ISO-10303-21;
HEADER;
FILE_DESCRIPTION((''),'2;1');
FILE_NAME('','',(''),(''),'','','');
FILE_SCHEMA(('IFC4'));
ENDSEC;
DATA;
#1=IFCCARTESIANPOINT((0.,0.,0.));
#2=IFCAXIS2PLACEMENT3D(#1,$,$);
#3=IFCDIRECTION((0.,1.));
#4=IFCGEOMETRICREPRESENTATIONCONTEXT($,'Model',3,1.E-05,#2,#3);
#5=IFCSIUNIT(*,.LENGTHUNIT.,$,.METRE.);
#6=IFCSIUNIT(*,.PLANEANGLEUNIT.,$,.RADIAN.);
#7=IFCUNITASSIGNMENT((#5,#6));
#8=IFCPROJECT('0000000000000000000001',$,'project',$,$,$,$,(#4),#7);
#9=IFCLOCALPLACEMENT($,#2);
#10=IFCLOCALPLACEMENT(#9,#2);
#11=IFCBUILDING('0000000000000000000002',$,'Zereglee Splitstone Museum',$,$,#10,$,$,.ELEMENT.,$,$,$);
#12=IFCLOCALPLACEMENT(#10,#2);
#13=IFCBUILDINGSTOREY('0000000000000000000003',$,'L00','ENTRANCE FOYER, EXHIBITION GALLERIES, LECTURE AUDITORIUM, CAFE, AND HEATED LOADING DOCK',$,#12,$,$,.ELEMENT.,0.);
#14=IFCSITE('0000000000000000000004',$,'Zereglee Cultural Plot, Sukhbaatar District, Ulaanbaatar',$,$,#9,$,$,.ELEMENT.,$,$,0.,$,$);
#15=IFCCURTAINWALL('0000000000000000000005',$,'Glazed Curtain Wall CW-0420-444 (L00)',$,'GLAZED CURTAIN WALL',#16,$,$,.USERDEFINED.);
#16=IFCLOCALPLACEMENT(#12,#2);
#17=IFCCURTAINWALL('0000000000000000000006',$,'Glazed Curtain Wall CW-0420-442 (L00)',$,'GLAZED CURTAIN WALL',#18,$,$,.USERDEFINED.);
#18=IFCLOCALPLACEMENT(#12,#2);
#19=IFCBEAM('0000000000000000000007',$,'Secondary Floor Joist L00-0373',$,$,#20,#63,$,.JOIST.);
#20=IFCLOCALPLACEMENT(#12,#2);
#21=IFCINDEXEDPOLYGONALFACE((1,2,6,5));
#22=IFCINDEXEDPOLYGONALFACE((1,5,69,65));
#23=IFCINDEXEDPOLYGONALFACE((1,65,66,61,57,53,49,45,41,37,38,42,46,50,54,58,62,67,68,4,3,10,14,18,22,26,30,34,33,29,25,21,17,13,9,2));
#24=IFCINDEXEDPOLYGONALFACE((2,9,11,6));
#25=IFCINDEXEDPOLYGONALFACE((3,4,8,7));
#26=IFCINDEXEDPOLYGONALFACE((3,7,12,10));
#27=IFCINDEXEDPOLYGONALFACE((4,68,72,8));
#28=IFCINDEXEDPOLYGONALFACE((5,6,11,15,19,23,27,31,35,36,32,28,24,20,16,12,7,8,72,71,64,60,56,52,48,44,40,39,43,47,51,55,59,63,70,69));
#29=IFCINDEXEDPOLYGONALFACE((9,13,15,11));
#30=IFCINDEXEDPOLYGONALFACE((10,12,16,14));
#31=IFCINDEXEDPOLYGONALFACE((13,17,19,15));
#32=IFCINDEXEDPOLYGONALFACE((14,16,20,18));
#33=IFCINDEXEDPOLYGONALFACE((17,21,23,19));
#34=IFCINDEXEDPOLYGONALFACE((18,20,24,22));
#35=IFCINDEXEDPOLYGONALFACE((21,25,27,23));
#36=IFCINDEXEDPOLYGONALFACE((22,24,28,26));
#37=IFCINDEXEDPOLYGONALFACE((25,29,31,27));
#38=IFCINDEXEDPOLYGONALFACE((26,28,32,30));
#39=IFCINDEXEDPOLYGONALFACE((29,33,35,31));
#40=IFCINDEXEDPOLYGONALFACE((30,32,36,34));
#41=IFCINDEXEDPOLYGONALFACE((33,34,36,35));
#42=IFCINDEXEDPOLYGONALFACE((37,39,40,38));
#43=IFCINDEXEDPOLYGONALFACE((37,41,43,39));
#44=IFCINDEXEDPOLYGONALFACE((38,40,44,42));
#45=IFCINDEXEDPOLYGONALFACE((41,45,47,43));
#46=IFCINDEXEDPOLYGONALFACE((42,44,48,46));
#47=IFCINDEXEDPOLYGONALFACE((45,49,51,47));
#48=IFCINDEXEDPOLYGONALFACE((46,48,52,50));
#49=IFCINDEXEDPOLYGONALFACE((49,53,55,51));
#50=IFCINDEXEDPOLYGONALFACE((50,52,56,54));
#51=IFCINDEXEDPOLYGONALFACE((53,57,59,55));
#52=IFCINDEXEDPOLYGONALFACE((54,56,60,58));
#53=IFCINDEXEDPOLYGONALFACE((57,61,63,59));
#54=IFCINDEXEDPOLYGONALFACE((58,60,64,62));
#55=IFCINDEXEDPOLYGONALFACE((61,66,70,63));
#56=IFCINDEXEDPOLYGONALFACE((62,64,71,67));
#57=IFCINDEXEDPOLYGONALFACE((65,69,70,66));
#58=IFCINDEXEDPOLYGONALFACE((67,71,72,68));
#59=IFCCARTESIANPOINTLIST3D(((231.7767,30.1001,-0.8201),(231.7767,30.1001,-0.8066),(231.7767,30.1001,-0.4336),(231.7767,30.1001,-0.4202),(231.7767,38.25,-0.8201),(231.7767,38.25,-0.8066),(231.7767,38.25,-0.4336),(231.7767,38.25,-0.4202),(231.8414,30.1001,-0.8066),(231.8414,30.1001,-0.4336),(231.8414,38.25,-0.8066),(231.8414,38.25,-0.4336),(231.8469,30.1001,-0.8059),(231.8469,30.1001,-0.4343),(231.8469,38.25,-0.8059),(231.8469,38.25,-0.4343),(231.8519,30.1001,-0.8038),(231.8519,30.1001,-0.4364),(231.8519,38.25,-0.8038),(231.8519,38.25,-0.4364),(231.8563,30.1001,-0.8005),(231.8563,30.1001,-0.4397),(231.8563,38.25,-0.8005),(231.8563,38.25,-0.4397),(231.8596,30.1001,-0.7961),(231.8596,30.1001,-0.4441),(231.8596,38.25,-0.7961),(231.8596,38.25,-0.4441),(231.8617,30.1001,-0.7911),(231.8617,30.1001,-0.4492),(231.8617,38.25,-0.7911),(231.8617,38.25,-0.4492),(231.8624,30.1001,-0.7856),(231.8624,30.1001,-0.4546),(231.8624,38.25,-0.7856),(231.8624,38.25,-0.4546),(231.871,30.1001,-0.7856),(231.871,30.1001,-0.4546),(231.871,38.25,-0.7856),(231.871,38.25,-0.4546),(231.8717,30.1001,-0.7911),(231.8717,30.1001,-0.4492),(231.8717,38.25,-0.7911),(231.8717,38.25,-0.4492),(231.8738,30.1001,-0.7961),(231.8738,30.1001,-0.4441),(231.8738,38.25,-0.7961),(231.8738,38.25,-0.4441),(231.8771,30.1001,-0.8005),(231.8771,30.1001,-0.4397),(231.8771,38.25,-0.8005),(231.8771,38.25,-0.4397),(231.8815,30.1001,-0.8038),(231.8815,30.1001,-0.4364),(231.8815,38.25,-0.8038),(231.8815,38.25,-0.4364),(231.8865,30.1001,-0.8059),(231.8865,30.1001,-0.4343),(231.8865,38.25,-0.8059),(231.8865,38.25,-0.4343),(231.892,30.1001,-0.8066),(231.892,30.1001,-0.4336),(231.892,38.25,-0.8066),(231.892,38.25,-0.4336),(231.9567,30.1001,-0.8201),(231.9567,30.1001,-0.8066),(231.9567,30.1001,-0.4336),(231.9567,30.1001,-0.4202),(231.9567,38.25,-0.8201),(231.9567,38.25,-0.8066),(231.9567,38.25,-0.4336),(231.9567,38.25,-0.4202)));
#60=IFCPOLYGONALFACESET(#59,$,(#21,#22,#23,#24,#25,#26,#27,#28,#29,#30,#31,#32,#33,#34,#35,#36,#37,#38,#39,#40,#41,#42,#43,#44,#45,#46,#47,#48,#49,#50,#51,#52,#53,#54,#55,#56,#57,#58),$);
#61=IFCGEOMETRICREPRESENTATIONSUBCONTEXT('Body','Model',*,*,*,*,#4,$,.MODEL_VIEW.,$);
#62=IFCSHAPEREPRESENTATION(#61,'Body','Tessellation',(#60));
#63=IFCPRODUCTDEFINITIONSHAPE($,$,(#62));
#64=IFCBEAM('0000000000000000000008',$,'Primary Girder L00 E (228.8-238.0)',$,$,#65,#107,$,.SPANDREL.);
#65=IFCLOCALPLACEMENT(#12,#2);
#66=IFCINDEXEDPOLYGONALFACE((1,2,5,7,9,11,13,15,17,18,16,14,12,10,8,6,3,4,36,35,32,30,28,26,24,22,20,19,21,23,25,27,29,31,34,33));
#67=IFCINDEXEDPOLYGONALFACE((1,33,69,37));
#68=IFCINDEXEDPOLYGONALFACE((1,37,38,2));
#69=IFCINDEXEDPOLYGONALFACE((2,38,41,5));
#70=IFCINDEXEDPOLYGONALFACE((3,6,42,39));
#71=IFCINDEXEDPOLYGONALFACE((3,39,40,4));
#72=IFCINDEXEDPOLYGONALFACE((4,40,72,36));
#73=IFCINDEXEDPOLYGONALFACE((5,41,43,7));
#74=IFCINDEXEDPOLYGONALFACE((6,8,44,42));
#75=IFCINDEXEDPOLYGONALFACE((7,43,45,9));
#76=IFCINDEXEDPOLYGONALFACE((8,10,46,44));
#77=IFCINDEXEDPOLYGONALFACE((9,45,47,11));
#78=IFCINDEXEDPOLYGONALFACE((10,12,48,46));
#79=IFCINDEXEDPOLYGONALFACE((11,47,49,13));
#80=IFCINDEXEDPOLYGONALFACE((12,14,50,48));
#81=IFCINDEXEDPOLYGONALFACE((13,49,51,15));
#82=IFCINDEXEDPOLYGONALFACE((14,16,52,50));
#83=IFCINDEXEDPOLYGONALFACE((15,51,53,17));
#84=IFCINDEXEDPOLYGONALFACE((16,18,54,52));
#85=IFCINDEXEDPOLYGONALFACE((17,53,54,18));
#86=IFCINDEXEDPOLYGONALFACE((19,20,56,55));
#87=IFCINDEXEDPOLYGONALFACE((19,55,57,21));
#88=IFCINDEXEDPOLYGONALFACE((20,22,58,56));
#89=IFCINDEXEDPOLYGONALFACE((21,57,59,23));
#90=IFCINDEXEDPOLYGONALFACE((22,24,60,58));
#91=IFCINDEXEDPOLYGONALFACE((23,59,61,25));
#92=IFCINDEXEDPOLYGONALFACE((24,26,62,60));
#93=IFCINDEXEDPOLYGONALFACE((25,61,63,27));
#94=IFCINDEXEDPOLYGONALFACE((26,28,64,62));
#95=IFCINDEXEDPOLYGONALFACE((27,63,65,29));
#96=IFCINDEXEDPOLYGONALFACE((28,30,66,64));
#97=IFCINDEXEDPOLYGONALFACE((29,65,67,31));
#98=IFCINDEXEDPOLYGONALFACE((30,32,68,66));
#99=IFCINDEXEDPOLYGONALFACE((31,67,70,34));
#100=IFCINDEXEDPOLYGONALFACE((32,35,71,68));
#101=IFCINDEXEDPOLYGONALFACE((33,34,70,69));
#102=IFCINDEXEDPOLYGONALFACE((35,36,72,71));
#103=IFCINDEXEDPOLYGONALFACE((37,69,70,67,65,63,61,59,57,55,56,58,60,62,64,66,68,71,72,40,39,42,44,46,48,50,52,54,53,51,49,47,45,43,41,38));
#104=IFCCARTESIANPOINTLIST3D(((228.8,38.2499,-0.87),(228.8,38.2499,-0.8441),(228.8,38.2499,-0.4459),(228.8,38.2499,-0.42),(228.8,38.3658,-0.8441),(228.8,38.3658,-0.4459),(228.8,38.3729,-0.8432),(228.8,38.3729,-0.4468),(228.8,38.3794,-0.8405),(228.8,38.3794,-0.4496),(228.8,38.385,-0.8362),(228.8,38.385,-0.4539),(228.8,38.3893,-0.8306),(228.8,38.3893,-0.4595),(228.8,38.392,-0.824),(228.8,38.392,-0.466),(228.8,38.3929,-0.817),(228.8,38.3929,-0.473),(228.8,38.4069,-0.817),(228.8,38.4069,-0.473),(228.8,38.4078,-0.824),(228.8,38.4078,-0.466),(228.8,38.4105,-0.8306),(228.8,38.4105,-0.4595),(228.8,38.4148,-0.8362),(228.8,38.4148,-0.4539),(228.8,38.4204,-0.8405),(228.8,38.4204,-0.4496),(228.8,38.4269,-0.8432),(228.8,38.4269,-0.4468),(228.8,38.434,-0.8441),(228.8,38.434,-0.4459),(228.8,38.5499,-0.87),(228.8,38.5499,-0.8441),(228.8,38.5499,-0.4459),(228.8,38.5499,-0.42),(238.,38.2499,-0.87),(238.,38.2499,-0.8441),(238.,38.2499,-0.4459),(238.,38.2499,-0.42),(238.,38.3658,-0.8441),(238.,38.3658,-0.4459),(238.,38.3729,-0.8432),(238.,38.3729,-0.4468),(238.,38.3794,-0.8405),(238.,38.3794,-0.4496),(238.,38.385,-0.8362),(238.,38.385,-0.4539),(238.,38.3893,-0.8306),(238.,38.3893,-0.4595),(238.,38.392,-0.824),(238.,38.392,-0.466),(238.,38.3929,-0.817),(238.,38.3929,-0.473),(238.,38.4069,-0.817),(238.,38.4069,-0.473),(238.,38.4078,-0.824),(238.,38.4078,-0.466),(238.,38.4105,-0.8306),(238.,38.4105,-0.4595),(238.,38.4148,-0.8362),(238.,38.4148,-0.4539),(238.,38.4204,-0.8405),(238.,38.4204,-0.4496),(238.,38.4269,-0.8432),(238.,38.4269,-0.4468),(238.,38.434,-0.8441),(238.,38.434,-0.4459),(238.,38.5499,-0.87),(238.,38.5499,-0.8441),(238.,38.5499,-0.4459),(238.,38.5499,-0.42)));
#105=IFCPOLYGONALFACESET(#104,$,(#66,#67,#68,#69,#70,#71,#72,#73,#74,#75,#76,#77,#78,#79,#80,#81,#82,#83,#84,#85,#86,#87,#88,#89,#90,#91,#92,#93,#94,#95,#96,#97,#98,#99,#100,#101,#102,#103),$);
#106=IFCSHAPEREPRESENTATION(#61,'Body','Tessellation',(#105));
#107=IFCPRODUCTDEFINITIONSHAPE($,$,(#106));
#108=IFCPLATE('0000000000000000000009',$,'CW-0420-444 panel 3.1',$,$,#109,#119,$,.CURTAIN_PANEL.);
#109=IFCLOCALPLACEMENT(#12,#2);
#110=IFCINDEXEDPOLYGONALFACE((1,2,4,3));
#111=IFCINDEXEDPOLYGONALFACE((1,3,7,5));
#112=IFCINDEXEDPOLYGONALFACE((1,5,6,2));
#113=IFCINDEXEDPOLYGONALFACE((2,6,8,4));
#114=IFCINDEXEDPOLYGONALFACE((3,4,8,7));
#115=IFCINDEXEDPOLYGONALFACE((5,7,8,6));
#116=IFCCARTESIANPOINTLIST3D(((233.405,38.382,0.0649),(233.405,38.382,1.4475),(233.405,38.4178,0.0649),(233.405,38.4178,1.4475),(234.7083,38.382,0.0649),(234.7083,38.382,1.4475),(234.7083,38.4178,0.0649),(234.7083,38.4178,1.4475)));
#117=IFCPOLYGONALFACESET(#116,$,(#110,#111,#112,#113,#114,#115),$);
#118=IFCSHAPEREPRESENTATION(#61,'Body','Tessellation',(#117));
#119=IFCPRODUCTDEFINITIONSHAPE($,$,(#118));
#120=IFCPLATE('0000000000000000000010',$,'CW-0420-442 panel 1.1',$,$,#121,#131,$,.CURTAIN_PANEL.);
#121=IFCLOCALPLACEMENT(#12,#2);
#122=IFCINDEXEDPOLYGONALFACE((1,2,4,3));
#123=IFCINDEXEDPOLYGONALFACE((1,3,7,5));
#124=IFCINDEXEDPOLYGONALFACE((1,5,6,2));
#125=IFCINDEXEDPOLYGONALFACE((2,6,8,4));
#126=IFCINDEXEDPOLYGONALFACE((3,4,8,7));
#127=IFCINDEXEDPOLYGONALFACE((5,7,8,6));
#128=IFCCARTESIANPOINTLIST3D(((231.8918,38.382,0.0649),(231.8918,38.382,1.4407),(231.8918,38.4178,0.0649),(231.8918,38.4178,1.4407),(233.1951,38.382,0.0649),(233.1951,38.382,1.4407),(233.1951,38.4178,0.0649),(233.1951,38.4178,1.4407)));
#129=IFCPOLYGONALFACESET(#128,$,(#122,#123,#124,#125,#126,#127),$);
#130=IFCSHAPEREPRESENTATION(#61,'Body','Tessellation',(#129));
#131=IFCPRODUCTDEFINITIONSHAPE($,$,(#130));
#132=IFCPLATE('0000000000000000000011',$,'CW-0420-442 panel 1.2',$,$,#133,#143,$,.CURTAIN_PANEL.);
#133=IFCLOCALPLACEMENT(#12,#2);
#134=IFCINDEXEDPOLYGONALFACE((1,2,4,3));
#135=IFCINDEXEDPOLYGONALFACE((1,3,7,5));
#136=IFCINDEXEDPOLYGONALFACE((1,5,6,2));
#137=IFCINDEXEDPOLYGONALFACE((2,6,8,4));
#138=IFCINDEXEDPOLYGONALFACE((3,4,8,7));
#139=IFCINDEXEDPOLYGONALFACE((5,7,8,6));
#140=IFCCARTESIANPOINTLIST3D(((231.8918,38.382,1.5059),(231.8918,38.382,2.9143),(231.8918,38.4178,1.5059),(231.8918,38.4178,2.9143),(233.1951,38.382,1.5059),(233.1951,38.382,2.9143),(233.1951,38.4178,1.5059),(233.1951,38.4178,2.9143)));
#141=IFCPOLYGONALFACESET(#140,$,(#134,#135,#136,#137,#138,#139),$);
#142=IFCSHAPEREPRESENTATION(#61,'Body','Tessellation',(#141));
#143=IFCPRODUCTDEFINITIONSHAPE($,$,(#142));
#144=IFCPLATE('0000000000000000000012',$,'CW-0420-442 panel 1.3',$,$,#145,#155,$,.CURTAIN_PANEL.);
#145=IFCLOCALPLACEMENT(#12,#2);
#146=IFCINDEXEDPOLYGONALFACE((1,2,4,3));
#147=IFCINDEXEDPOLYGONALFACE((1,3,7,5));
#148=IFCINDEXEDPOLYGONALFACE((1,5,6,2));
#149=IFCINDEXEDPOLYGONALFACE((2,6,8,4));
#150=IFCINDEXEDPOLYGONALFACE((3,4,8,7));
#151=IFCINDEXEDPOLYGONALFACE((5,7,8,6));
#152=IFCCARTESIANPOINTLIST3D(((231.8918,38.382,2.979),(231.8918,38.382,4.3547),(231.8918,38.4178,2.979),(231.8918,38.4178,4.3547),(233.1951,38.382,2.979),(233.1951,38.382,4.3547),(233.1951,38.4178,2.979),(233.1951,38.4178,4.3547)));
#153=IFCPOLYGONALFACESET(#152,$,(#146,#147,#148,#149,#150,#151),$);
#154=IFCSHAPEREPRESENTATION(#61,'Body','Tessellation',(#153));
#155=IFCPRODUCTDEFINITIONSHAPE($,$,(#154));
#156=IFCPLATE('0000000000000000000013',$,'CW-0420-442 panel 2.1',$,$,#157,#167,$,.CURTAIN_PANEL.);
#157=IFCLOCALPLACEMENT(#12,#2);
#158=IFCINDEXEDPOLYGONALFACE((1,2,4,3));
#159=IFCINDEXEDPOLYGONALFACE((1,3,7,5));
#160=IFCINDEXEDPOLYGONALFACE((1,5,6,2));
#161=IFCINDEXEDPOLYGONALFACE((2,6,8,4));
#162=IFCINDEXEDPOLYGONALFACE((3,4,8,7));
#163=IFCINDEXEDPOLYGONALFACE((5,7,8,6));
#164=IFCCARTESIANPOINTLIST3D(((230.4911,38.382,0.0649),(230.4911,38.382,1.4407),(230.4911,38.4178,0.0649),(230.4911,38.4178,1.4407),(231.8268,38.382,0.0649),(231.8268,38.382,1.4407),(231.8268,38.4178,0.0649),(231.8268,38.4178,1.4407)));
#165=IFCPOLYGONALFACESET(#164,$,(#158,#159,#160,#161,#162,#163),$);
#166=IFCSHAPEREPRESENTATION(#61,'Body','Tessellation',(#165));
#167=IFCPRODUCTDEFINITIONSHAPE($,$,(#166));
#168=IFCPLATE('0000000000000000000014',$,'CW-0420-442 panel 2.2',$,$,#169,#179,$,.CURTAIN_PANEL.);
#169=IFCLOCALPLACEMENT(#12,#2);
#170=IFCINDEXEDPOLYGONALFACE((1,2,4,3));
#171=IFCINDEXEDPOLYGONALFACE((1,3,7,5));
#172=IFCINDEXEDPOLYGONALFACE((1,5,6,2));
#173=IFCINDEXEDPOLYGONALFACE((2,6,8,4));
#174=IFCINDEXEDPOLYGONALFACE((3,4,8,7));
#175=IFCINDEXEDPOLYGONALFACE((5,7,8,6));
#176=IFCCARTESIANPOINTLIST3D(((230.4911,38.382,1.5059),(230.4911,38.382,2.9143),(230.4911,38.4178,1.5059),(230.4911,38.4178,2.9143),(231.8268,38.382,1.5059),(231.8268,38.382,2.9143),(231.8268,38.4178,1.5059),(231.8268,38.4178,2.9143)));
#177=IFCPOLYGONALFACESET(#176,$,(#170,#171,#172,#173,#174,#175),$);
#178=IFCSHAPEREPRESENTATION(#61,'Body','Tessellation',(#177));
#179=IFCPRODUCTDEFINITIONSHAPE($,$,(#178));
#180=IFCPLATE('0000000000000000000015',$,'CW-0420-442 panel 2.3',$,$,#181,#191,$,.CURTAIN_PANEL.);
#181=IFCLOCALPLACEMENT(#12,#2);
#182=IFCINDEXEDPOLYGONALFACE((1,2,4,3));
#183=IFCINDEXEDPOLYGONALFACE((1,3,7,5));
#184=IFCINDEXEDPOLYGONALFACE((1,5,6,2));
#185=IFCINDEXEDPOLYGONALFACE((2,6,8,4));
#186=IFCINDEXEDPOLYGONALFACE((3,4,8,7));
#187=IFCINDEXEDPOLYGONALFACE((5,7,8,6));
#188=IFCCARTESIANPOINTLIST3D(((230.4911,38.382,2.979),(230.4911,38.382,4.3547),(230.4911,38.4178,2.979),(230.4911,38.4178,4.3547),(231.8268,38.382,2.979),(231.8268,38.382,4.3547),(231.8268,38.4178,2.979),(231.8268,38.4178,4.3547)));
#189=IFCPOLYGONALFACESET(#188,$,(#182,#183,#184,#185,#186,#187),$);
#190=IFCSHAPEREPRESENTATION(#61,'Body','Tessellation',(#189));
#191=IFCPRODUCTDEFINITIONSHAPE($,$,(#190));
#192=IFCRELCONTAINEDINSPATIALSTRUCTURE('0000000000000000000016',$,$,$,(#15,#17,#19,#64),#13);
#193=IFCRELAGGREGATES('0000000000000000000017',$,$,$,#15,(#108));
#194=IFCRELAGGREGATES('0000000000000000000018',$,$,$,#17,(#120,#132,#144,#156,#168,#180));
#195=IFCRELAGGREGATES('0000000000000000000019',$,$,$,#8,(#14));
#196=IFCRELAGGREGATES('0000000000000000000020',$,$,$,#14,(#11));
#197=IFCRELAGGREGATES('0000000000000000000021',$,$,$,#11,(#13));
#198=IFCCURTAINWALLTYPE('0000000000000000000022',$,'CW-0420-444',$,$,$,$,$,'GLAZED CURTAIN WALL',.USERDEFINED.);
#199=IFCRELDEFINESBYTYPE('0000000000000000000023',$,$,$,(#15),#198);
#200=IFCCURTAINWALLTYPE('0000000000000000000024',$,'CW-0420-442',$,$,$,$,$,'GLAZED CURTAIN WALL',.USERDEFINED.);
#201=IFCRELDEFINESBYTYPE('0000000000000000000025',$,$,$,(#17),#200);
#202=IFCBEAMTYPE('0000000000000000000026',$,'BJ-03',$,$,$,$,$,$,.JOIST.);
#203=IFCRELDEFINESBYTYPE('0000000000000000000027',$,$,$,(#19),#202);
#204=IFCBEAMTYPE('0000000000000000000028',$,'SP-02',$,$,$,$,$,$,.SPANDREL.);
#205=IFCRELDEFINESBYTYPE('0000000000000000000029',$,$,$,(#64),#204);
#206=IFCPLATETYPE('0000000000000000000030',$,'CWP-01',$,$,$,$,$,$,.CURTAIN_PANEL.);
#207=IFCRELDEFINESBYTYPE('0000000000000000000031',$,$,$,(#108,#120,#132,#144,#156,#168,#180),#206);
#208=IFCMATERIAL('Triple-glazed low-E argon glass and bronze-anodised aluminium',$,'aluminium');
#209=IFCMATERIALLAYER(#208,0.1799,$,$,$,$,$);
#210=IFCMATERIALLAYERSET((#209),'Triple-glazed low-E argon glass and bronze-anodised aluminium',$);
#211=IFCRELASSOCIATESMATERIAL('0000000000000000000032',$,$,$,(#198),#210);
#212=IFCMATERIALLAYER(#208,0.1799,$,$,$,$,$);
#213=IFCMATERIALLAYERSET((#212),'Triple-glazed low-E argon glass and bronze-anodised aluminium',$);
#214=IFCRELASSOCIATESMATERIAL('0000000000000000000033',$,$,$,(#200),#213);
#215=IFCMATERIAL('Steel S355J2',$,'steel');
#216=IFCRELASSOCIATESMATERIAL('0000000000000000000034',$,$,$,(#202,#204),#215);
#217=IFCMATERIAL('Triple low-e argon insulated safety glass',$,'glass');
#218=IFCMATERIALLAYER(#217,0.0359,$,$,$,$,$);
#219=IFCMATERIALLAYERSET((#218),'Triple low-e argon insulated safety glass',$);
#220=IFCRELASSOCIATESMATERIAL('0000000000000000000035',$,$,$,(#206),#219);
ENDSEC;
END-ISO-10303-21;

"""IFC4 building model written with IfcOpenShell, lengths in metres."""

from ifc_helpers import new_model, si_unit, direction, frame, origin, origin_2d, place, context, subcontext, project, spatial, rectangle, i_section, extrude, material, layer, layer_set, material_profile, profile_set, type_object, element, aggregate, save


model = new_model("IFC4")

# Units and contexts
model_context = context("Model", 3, precision=1e-05, world=origin(), true_north=direction((0.0, 1.0)))
body_context = subcontext(model_context, "Body", "Model", "MODEL_VIEW")
ifc_project = project(units=[si_unit("LENGTHUNIT", "METRE"), si_unit("PLANEANGLEUNIT", "RADIAN")], contexts=[model_context])

# Site, building, storey
site_placement = place(None, origin())
site = spatial("IfcSite", under=ifc_project, at=site_placement, Name="Zereglee Cultural Plot, Sukhbaatar District, Ulaanbaatar", CompositionType="ELEMENT", RefElevation=0.0)
building_placement = place(site_placement, origin())
building = spatial("IfcBuilding", under=site, at=building_placement, Name="Zereglee Splitstone Museum", CompositionType="ELEMENT")
storey_placement = place(building_placement, origin())
storey = spatial("IfcBuildingStorey", under=building, at=storey_placement, Name="L00", Description="ENTRANCE FOYER, EXHIBITION GALLERIES, LECTURE AUDITORIUM, CAFE, AND HEATED LOADING DOCK", CompositionType="ELEMENT", Elevation=0.0)

# Curtain wall
ifc_material_1 = material(Name="Triple-glazed low-E argon glass and bronze-anodised aluminium", Category="aluminium")
ifc_layer_1 = layer(ifc_material_1, 0.1799)
ifc_layer_set_1 = layer_set([ifc_layer_1], Name="Triple-glazed low-E argon glass and bronze-anodised aluminium")
curtain_wall_type_1 = type_object("IfcCurtainWallType", Name="CW-0420-444", ElementType="GLAZED CURTAIN WALL", PredefinedType="USERDEFINED", material=ifc_layer_set_1)
curtain_wall_1_placement = place(storey_placement, origin())
curtain_wall_1 = element("IfcCurtainWall", 1, at=curtain_wall_1_placement, inside=storey, type_object=curtain_wall_type_1, Name="Glazed Curtain Wall CW-0420-444 (L00)", ObjectType="GLAZED CURTAIN WALL", PredefinedType="USERDEFINED")

# Curtain wall
ifc_layer_2 = layer(ifc_material_1, 0.1799)
ifc_layer_set_2 = layer_set([ifc_layer_2], Name="Triple-glazed low-E argon glass and bronze-anodised aluminium")
curtain_wall_type_2 = type_object("IfcCurtainWallType", Name="CW-0420-442", ElementType="GLAZED CURTAIN WALL", PredefinedType="USERDEFINED", material=ifc_layer_set_2)
curtain_wall_2_placement = place(storey_placement, origin())
curtain_wall_2 = element("IfcCurtainWall", 2, at=curtain_wall_2_placement, inside=storey, type_object=curtain_wall_type_2, Name="Glazed Curtain Wall CW-0420-442 (L00)", ObjectType="GLAZED CURTAIN WALL", PredefinedType="USERDEFINED")

# Beams
ifc_material_2 = material(Name="Steel S355J2", Category="steel")
ifc_material_profile_1 = material_profile(ifc_material_2, i_section(OverallWidth=0.1799, OverallDepth=0.3999, WebThickness=0.0085, FlangeThickness=0.0134, FilletRadius=0.021, at=origin_2d()), Name="IPE 400")
ifc_profile_set_1 = profile_set([ifc_material_profile_1], Name="Steel S355J2")
beam_type_1 = type_object("IfcBeamType", Name="BJ-03", PredefinedType="JOIST", material=ifc_profile_set_1)
beam_1_placement = place(storey_placement, frame((231.8667, 30.1001, -0.6201), z_axis=(0.0, 1.0, 0.0), x_axis=(-1.0, 0.0, 0.0)))
element("IfcBeam", 3, at=beam_1_placement, inside=storey, type_object=beam_type_1, Name="Secondary Floor Joist L00-0373", PredefinedType="JOIST", context=body_context, shape_type="SweptSolid", body=[
    extrude(i_section(OverallWidth=0.1799, OverallDepth=0.3999, WebThickness=0.0085, FlangeThickness=0.0134, FilletRadius=0.021, at=origin_2d()), origin(), (0.0, 0.0, 1.0), 8.1499),
])
ifc_material_profile_2 = material_profile(ifc_material_2, i_section(OverallWidth=0.3, OverallDepth=0.45, WebThickness=0.0139, FlangeThickness=0.0259, FilletRadius=0.0271, at=origin_2d()), Name="HE 450 B")
ifc_profile_set_2 = profile_set([ifc_material_profile_2], Name="Steel S355J2")
beam_type_2 = type_object("IfcBeamType", Name="SP-02", PredefinedType="SPANDREL", material=ifc_profile_set_2)
beam_2_placement = place(storey_placement, frame((228.8, 38.3999, -0.645), z_axis=(1.0, 0.0, 0.0), x_axis=(0.0, 1.0, 0.0)))
element("IfcBeam", 4, at=beam_2_placement, inside=storey, type_object=beam_type_2, Name="Primary Girder L00 E (228.8-238.0)", PredefinedType="SPANDREL", context=body_context, shape_type="SweptSolid", body=[
    extrude(i_section(OverallWidth=0.3, OverallDepth=0.45, WebThickness=0.0139, FlangeThickness=0.0259, FilletRadius=0.0271, at=origin_2d()), origin(), (0.0, 0.0, 1.0), 9.2),
])

# Plates
ifc_material_3 = material(Name="Triple low-e argon insulated safety glass", Category="glass")
ifc_layer_3 = layer(ifc_material_3, 0.0359)
ifc_layer_set_3 = layer_set([ifc_layer_3], Name="Triple low-e argon insulated safety glass")
plate_type = type_object("IfcPlateType", Name="CWP-01", PredefinedType="CURTAIN_PANEL", material=ifc_layer_set_3)
plate_1_placement = place(storey_placement, frame((234.0566, 38.3999, 0.0649), z_axis=(0.0, 0.0, 1.0), x_axis=(-1.0, 0.0, 0.0)))
plate_1 = element("IfcPlate", 5, at=plate_1_placement, type_object=plate_type, Name="CW-0420-444 panel 3.1", PredefinedType="CURTAIN_PANEL", context=body_context, shape_type="SweptSolid", body=[
    extrude(rectangle(XDim=1.3032, YDim=0.0359, at=origin_2d()), origin(), (0.0, 0.0, 1.0), 1.3826),
])
aggregate(curtain_wall_1, [plate_1])
plate_2_placement = place(storey_placement, frame((232.5435, 38.3999, 0.0649), z_axis=(0.0, 0.0, 1.0), x_axis=(-1.0, 0.0, 0.0)))
plate_2 = element("IfcPlate", 6, at=plate_2_placement, type_object=plate_type, Name="CW-0420-442 panel 1.1", PredefinedType="CURTAIN_PANEL", context=body_context, shape_type="SweptSolid", body=[
    extrude(rectangle(XDim=1.3032, YDim=0.0359, at=origin_2d()), origin(), (0.0, 0.0, 1.0), 1.3757),
])
plate_3_placement = place(storey_placement, frame((232.5435, 38.3999, 1.5059), z_axis=(0.0, 0.0, 1.0), x_axis=(-1.0, 0.0, 0.0)))
plate_3 = element("IfcPlate", 7, at=plate_3_placement, type_object=plate_type, Name="CW-0420-442 panel 1.2", PredefinedType="CURTAIN_PANEL", context=body_context, shape_type="SweptSolid", body=[
    extrude(rectangle(XDim=1.3032, YDim=0.0359, at=origin_2d()), origin(), (0.0, 0.0, 1.0), 1.4084),
])
plate_4_placement = place(storey_placement, frame((232.5435, 38.3999, 2.979), z_axis=(0.0, 0.0, 1.0), x_axis=(-1.0, 0.0, 0.0)))
plate_4 = element("IfcPlate", 8, at=plate_4_placement, type_object=plate_type, Name="CW-0420-442 panel 1.3", PredefinedType="CURTAIN_PANEL", context=body_context, shape_type="SweptSolid", body=[
    extrude(rectangle(XDim=1.3032, YDim=0.0359, at=origin_2d()), origin(), (0.0, 0.0, 1.0), 1.3757),
])
plate_5_placement = place(storey_placement, frame((231.1589, 38.3999, 0.0649), z_axis=(0.0, 0.0, 1.0), x_axis=(-1.0, 0.0, 0.0)))
plate_5 = element("IfcPlate", 9, at=plate_5_placement, type_object=plate_type, Name="CW-0420-442 panel 2.1", PredefinedType="CURTAIN_PANEL", context=body_context, shape_type="SweptSolid", body=[
    extrude(rectangle(XDim=1.3357, YDim=0.0359, at=origin_2d()), origin(), (0.0, 0.0, 1.0), 1.3757),
])
plate_6_placement = place(storey_placement, frame((231.1589, 38.3999, 1.5059), z_axis=(0.0, 0.0, 1.0), x_axis=(-1.0, 0.0, 0.0)))
plate_6 = element("IfcPlate", 10, at=plate_6_placement, type_object=plate_type, Name="CW-0420-442 panel 2.2", PredefinedType="CURTAIN_PANEL", context=body_context, shape_type="SweptSolid", body=[
    extrude(rectangle(XDim=1.3357, YDim=0.0359, at=origin_2d()), origin(), (0.0, 0.0, 1.0), 1.4084),
])
plate_7_placement = place(storey_placement, frame((231.1589, 38.3999, 2.979), z_axis=(0.0, 0.0, 1.0), x_axis=(-1.0, 0.0, 0.0)))
plate_7 = element("IfcPlate", 11, at=plate_7_placement, type_object=plate_type, Name="CW-0420-442 panel 2.3", PredefinedType="CURTAIN_PANEL", context=body_context, shape_type="SweptSolid", body=[
    extrude(rectangle(XDim=1.3357, YDim=0.0359, at=origin_2d()), origin(), (0.0, 0.0, 1.0), 1.3757),
])
aggregate(curtain_wall_2, [plate_2, plate_3, plate_4, plate_5, plate_6, plate_7])

save(model, "model.ifc")
